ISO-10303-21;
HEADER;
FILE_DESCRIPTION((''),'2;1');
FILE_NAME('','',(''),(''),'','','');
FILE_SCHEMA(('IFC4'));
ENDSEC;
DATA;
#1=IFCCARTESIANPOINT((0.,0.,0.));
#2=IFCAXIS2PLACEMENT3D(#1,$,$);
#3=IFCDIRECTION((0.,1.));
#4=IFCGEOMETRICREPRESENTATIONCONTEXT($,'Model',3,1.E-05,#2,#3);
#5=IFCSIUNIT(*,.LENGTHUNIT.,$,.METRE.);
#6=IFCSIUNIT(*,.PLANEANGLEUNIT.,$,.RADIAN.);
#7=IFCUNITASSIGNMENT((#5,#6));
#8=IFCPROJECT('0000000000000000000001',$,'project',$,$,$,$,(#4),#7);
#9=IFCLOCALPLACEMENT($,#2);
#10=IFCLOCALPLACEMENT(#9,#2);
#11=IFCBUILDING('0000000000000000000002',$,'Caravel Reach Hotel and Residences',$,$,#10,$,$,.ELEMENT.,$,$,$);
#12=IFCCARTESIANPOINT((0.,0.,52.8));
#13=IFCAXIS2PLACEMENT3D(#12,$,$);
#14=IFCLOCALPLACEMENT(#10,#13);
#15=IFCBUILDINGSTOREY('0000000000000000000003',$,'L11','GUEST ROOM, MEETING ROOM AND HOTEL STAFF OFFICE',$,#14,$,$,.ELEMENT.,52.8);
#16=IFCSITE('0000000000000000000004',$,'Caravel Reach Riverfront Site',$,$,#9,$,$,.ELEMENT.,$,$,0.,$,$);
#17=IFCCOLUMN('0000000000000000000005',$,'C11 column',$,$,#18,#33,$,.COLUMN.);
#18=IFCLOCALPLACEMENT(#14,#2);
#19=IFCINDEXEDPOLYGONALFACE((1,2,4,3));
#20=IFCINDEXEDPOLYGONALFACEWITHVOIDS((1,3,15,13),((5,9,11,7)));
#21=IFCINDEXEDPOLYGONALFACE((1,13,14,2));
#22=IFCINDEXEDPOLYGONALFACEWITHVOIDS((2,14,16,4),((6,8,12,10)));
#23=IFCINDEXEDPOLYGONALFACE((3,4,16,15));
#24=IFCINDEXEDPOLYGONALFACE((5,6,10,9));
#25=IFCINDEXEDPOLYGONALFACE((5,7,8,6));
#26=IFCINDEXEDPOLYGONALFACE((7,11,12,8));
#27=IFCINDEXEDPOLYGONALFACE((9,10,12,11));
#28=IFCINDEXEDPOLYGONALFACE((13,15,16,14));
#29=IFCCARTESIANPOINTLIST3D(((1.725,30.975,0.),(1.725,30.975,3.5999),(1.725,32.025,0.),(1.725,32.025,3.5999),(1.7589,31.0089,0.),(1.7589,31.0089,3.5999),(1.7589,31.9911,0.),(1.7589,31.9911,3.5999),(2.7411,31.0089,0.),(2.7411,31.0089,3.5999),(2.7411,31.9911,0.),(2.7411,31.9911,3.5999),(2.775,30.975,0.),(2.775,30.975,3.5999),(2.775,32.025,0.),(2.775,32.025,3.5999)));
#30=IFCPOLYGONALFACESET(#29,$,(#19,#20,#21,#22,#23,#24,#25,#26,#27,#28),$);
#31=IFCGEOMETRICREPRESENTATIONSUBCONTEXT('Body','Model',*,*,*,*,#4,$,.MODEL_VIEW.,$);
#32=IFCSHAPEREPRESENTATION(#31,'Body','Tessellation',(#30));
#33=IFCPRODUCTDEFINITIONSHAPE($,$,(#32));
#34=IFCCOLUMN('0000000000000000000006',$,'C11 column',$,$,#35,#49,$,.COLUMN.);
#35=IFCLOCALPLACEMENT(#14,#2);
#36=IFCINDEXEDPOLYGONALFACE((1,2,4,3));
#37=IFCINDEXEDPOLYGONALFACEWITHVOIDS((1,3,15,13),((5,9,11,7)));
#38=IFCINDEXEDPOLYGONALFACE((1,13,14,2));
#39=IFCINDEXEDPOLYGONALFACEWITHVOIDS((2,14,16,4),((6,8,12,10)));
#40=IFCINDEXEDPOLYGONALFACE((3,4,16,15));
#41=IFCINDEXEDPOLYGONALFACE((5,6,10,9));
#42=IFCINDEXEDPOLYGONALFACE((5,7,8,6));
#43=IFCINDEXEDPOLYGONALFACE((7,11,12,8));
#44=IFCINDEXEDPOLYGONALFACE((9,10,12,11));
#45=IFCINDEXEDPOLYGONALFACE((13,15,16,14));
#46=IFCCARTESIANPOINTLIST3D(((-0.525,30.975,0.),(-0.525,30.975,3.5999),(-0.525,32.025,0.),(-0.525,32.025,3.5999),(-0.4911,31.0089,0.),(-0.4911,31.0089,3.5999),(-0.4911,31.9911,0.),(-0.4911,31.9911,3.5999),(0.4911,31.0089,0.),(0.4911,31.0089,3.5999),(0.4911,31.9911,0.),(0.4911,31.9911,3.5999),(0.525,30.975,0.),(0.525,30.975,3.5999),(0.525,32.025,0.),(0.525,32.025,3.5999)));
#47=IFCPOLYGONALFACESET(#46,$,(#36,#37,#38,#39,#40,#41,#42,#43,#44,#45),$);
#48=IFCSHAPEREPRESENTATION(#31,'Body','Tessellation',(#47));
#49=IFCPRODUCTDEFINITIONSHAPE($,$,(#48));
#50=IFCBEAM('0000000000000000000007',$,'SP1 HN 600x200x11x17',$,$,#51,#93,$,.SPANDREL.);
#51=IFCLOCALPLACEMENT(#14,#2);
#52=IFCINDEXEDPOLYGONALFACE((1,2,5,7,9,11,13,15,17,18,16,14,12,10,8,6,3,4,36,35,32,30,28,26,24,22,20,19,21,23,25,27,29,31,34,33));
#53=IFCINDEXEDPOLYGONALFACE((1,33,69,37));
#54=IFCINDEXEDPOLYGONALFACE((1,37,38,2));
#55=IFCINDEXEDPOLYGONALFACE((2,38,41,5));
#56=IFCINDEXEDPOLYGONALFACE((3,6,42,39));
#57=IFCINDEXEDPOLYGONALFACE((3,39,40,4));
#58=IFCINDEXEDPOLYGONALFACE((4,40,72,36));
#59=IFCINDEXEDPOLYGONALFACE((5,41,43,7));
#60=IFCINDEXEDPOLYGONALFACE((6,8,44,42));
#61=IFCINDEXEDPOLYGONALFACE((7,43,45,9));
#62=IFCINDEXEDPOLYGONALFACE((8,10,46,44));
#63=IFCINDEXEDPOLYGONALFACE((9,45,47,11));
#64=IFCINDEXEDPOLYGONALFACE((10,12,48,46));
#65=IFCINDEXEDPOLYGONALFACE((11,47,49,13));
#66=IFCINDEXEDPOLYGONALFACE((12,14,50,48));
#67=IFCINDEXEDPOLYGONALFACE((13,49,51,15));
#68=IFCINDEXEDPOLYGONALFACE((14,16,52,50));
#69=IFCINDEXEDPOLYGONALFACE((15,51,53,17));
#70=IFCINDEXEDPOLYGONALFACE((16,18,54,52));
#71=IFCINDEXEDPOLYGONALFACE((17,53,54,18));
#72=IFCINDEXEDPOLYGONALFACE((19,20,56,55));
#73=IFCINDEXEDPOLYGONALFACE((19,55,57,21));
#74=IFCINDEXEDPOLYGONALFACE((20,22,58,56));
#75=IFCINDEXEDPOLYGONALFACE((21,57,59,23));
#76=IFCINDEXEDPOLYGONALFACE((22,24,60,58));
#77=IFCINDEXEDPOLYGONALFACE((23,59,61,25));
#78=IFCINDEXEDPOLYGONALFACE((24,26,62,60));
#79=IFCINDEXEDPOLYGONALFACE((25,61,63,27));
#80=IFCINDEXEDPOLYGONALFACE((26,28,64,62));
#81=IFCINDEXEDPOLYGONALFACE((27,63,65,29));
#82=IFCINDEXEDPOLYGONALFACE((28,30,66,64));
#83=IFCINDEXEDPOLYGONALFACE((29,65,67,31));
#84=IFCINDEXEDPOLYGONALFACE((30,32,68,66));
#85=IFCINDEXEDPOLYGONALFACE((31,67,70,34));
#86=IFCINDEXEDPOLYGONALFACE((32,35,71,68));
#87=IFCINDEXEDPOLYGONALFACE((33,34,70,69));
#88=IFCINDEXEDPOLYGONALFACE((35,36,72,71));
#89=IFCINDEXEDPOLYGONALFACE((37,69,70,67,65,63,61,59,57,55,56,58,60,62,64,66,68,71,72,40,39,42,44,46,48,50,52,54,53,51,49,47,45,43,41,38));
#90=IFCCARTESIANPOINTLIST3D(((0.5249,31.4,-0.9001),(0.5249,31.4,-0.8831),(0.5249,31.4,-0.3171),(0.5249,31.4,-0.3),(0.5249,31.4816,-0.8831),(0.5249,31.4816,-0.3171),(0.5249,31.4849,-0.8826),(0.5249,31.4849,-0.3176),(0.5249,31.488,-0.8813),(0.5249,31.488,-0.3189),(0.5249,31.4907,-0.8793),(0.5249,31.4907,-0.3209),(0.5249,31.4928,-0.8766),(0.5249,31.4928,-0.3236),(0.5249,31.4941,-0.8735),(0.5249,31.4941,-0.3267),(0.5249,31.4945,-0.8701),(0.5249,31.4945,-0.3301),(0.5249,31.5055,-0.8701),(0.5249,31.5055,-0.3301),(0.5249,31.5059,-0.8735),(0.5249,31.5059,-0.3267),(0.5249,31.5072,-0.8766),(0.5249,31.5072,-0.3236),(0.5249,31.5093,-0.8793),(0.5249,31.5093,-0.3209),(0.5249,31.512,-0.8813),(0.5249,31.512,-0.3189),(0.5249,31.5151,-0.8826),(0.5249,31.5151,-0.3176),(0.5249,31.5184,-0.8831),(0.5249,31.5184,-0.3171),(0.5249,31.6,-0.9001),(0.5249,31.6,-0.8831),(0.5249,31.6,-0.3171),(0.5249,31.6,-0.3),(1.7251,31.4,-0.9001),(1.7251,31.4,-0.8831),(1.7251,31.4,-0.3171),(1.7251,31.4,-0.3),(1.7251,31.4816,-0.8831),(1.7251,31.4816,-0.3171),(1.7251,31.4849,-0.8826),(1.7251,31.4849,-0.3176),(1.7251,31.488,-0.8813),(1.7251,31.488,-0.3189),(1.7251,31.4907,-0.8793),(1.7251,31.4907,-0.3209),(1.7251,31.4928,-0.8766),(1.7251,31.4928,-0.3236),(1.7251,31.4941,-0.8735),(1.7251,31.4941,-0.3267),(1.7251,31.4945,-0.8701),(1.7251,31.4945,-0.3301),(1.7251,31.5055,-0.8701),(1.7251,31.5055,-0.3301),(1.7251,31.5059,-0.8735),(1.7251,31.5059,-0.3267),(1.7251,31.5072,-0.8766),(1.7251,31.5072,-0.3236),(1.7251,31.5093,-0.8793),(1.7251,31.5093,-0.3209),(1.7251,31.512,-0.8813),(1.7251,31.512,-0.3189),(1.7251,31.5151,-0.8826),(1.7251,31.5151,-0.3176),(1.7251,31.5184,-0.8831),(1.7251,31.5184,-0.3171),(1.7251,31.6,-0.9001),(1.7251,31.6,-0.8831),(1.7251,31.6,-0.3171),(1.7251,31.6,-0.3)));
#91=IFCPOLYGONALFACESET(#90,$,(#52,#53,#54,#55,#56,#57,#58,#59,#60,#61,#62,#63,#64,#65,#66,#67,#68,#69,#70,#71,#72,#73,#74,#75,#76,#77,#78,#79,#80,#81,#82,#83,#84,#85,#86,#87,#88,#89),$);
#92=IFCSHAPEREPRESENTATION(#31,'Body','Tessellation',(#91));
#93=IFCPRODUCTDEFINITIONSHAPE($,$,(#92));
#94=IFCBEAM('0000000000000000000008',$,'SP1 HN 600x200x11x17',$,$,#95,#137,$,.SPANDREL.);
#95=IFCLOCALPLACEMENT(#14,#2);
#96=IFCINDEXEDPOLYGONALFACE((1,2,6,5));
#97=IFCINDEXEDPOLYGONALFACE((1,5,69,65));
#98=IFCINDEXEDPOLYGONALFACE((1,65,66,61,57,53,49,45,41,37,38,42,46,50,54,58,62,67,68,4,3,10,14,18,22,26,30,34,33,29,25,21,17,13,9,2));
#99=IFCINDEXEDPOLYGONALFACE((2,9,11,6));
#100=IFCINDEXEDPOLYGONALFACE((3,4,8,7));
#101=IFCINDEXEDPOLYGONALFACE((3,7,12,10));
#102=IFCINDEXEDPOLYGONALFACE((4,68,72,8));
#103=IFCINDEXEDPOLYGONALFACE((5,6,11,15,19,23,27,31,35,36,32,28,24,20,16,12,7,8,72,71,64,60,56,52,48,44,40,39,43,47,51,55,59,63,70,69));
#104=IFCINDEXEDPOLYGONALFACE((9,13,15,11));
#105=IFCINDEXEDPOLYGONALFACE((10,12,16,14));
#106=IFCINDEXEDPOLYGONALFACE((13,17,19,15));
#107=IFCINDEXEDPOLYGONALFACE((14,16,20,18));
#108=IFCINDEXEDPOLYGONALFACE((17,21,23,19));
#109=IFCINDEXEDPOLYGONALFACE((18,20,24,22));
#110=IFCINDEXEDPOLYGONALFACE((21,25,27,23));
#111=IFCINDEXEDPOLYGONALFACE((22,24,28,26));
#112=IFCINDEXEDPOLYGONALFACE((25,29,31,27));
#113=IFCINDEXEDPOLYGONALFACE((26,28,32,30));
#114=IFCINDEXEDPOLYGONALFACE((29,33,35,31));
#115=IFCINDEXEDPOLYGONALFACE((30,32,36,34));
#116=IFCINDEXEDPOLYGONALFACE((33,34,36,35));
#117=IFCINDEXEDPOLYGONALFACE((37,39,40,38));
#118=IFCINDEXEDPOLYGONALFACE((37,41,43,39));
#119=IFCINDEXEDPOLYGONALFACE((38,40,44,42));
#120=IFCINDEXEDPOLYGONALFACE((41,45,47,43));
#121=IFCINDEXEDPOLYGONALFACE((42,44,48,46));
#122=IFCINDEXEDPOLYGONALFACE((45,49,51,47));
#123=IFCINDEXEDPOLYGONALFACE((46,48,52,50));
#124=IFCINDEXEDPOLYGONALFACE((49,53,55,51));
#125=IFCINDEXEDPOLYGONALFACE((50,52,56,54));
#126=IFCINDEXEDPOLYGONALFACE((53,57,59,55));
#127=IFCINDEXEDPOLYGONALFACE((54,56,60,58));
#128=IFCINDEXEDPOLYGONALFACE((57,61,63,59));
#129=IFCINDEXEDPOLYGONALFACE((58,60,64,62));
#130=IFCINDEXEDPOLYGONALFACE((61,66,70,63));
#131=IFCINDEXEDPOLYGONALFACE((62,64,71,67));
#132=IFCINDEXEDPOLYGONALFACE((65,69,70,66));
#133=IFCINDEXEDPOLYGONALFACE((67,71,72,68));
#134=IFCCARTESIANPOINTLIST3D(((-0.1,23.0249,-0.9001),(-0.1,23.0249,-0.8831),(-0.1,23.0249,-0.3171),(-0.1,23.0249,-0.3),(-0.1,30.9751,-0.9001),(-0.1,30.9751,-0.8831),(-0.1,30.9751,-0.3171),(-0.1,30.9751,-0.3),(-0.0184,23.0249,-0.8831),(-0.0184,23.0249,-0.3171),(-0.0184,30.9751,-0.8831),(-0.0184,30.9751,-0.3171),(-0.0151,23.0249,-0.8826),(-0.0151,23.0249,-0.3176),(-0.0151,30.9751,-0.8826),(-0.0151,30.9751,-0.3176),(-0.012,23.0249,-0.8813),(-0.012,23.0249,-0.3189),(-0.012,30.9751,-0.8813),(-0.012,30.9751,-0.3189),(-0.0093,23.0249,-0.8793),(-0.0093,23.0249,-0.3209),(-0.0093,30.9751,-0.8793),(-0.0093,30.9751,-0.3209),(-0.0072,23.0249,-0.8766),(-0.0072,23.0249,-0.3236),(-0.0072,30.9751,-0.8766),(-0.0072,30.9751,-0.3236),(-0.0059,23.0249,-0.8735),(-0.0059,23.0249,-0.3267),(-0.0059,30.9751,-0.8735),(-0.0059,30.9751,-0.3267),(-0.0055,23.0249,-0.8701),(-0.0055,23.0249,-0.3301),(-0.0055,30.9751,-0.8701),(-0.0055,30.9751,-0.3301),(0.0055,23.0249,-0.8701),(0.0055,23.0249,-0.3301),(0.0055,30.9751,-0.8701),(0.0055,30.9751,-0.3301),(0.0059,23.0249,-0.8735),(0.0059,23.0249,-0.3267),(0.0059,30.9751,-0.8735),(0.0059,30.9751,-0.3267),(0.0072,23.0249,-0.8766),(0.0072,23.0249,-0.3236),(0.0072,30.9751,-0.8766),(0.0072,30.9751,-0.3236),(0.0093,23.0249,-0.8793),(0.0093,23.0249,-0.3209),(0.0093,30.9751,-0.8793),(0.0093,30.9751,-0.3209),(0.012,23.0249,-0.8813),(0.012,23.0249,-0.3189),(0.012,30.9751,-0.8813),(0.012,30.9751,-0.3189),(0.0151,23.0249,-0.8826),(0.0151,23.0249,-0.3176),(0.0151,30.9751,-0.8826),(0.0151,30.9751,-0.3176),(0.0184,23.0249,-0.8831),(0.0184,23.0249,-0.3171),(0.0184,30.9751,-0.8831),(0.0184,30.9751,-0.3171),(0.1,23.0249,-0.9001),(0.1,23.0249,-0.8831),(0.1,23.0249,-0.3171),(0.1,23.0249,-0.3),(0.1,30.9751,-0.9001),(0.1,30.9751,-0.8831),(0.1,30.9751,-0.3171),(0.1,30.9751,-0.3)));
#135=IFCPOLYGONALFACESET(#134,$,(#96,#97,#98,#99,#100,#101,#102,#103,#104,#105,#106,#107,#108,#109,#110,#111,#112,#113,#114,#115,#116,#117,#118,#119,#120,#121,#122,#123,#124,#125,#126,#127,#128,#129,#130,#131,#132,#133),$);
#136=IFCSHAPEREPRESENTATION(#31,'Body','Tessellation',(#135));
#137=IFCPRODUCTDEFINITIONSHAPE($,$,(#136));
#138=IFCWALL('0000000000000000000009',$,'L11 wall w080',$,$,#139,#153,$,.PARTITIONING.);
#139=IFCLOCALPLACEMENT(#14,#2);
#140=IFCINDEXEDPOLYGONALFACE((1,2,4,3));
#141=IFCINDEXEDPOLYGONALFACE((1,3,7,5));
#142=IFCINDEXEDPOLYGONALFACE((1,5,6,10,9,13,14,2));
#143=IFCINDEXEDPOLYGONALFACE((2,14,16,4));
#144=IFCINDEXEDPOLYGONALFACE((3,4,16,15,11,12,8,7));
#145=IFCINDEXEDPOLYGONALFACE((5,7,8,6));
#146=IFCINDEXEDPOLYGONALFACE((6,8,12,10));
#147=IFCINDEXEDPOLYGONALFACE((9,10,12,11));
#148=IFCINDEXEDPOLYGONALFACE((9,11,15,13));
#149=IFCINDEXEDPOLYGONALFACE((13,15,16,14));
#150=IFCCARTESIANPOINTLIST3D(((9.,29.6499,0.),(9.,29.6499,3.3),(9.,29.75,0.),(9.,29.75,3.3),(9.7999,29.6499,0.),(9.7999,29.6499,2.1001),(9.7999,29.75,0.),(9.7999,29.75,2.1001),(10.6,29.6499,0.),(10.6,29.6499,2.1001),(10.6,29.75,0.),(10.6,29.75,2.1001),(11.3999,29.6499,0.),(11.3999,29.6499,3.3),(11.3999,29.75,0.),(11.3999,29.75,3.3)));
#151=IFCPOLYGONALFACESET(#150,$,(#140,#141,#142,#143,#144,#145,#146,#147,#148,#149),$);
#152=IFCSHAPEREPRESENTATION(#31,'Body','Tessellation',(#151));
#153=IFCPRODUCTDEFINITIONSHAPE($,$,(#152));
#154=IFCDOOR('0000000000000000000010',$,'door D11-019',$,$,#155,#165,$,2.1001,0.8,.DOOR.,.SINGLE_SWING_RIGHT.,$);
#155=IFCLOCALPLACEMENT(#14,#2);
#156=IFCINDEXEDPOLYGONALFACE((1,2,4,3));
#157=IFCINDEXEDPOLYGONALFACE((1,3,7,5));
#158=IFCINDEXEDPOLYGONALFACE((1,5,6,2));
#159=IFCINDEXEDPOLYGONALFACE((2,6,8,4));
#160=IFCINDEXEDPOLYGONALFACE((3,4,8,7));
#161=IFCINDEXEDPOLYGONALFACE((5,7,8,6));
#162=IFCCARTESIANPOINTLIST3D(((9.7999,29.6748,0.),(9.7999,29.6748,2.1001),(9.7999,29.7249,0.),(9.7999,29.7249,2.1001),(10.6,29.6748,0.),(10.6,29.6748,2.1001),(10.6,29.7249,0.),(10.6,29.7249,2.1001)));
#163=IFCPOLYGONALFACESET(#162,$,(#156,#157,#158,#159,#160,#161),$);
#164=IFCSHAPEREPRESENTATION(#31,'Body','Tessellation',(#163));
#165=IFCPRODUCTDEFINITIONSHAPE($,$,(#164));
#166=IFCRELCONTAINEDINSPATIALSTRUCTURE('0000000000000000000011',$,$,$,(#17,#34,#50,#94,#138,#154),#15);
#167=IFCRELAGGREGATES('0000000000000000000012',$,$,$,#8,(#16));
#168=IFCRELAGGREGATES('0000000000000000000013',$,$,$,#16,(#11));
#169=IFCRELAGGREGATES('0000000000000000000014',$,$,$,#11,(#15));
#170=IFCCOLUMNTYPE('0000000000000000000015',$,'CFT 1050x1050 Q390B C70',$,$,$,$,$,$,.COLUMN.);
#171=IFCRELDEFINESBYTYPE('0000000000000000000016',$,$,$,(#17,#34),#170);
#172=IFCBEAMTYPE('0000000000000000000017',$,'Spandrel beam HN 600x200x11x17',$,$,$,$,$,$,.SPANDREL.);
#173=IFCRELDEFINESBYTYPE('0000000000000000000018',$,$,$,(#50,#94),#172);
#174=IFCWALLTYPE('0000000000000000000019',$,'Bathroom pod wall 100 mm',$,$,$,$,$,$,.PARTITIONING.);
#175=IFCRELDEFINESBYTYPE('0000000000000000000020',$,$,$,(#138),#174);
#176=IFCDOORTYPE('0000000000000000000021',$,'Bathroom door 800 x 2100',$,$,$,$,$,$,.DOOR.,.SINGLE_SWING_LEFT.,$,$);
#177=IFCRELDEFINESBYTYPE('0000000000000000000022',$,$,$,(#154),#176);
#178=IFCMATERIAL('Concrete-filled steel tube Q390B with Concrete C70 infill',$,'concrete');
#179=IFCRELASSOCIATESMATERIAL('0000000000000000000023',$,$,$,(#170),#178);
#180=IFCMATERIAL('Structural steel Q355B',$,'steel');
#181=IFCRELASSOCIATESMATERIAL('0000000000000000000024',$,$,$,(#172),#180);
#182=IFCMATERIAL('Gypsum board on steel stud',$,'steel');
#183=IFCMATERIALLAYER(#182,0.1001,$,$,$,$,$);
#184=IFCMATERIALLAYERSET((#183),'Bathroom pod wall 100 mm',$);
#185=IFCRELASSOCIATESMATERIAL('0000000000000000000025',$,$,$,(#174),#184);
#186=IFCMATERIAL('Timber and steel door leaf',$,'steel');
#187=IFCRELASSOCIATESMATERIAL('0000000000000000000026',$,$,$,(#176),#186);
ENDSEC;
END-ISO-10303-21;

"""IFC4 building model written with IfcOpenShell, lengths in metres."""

from ifc_helpers import new_model, si_unit, direction, frame, frame_2d, origin, origin_2d, place, context, subcontext, project, spatial, rectangle, hollow_rectangle, i_section, extrude, material, layer, layer_set, material_profile, profile_set, type_object, element, fill, save


model = new_model("IFC4")

# Units and contexts
model_context = context("Model", 3, precision=1e-05, world=origin(), true_north=direction((0.0, 1.0)))
body_context = subcontext(model_context, "Body", "Model", "MODEL_VIEW")
ifc_project = project(units=[si_unit("LENGTHUNIT", "METRE"), si_unit("PLANEANGLEUNIT", "RADIAN")], contexts=[model_context])

# Site, building, storey
site_placement = place(None, origin())
site = spatial("IfcSite", under=ifc_project, at=site_placement, Name="Caravel Reach Riverfront Site", CompositionType="ELEMENT", RefElevation=0.0)
building_placement = place(site_placement, origin())
building = spatial("IfcBuilding", under=site, at=building_placement, Name="Caravel Reach Hotel and Residences", CompositionType="ELEMENT")
storey_placement = place(building_placement, frame((0.0, 0.0, 52.8)))
storey = spatial("IfcBuildingStorey", under=building, at=storey_placement, Name="L11", Description="GUEST ROOM, MEETING ROOM AND HOTEL STAFF OFFICE", CompositionType="ELEMENT", Elevation=52.8)

# Columns
ifc_material_1 = material(Name="Concrete-filled steel tube Q390B with Concrete C70 infill", Category="concrete")
ifc_material_profile_1 = material_profile(ifc_material_1, hollow_rectangle(XDim=1.05, YDim=1.05, WallThickness=0.0339, at=origin_2d()), Name="RHS 1050x1050x34")
ifc_profile_set_1 = profile_set([ifc_material_profile_1], Name="Concrete-filled steel tube Q390B with Concrete C70 infill")
column_type = type_object("IfcColumnType", Name="CFT 1050x1050 Q390B C70", PredefinedType="COLUMN", material=ifc_profile_set_1)
for number, where, z_axis, x_axis, name in (
    (1, (2.25, 31.5, 0.0), (0.0, 0.0, 1.0), (1.0, 0.0, 0.0), "C11 column"),
    (2, (0.0, 31.5, 0.0), (0.0, 0.0, 1.0), (1.0, 0.0, 0.0), "C11 column"),
):
    element("IfcColumn", number, at=place(storey_placement, frame(where, z_axis=z_axis, x_axis=x_axis)), inside=storey, type_object=column_type, Name=name, PredefinedType="COLUMN", context=body_context, shape_type="SweptSolid", body=[
        extrude(hollow_rectangle(XDim=1.05, YDim=1.05, WallThickness=0.0339, at=origin_2d()), origin(), (0.0, 0.0, 1.0), 3.5999),
    ])

# Beams
ifc_material_2 = material(Name="Structural steel Q355B", Category="steel")
ifc_material_profile_2 = material_profile(ifc_material_2, i_section(OverallWidth=0.2, OverallDepth=0.6001, WebThickness=0.011, FlangeThickness=0.0171, FilletRadius=0.0129, at=origin_2d()), Name="HN 600x200x11x17")
ifc_profile_set_2 = profile_set([ifc_material_profile_2], Name="Structural steel Q355B")
beam_type = type_object("IfcBeamType", Name="Spandrel beam HN 600x200x11x17", PredefinedType="SPANDREL", material=ifc_profile_set_2)
beam_1_placement = place(storey_placement, frame((1.7251, 31.5, -0.6001), z_axis=(-1.0, 0.0, 0.0), x_axis=(0.0, -1.0, 0.0)))
element("IfcBeam", 3, at=beam_1_placement, inside=storey, type_object=beam_type, Name="SP1 HN 600x200x11x17", PredefinedType="SPANDREL", context=body_context, shape_type="SweptSolid", body=[
    extrude(i_section(OverallWidth=0.2, OverallDepth=0.6001, WebThickness=0.011, FlangeThickness=0.0171, FilletRadius=0.0129, at=origin_2d()), origin(), (0.0, 0.0, 1.0), 1.2002),
])
beam_2_placement = place(storey_placement, frame((0.0, 30.9751, -0.6001), z_axis=(0.0, -1.0, 0.0), x_axis=(1.0, 0.0, 0.0)))
element("IfcBeam", 4, at=beam_2_placement, inside=storey, type_object=beam_type, Name="SP1 HN 600x200x11x17", PredefinedType="SPANDREL", context=body_context, shape_type="SweptSolid", body=[
    extrude(i_section(OverallWidth=0.2, OverallDepth=0.6001, WebThickness=0.011, FlangeThickness=0.0171, FilletRadius=0.0129, at=origin_2d()), origin(), (0.0, 0.0, 1.0), 7.9502),
])

# Wall, opening, door
ifc_material_3 = material(Name="Gypsum board on steel stud", Category="steel")
ifc_layer_1 = layer(ifc_material_3, 0.1001)
ifc_layer_set_1 = layer_set([ifc_layer_1], Name="Bathroom pod wall 100 mm")
wall_type_1 = type_object("IfcWallType", Name="Bathroom pod wall 100 mm", PredefinedType="PARTITIONING", material=ifc_layer_set_1)
wall_1_placement = place(storey_placement, frame((9.0, 29.7, 0.0), z_axis=(0.0, 0.0, 1.0), x_axis=(1.0, 0.0, 0.0)))
wall_1 = element("IfcWall", 5, at=wall_1_placement, inside=storey, type_object=wall_type_1, Name="L11 wall w080", PredefinedType="PARTITIONING", context=body_context, shape_type="SweptSolid", body=[
    extrude(rectangle(XDim=2.3999, YDim=0.1001, at=frame_2d((1.2, 0.0))), origin(), (0.0, 0.0, 1.0), 3.3),
])
opening_1_placement = place(wall_1_placement, frame((0.8, 0.0, 0.0)))
opening_1 = element("IfcOpeningElement", 6, at=opening_1_placement, cuts=wall_1, PredefinedType="OPENING", context=body_context, shape_type="SweptSolid", body=[
    extrude(rectangle(XDim=0.8, YDim=2.1001, at=frame_2d((0.3999, 1.05))), frame((0.0, 0.0601, 0.0), z_axis=(0.0, -1.0, 0.0), x_axis=(1.0, 0.0, 0.0)), (0.0, 0.0, 1.0), 0.1201),
])
ifc_material_4 = material(Name="Timber and steel door leaf", Category="steel")
door_type_1 = type_object("IfcDoorType", Name="Bathroom door 800 x 2100", OperationType="SINGLE_SWING_LEFT", PredefinedType="DOOR", material=ifc_material_4)
door_1_placement = place(opening_1_placement, origin())
door_1 = element("IfcDoor", 7, at=door_1_placement, inside=storey, type_object=door_type_1, Name="door D11-019", OperationType="SINGLE_SWING_RIGHT", OverallHeight=2.1001, OverallWidth=0.8, PredefinedType="DOOR", context=body_context, shape_type="SweptSolid", body=[
    extrude(rectangle(XDim=0.8, YDim=2.1001, at=frame_2d((0.3999, 1.05))), frame((0.0, 0.0249, 0.0), z_axis=(0.0, -1.0, 0.0), x_axis=(1.0, 0.0, 0.0)), (0.0, 0.0, 1.0), 0.05),
])
fill(opening_1, door_1)

save(model, "model.ifc")
